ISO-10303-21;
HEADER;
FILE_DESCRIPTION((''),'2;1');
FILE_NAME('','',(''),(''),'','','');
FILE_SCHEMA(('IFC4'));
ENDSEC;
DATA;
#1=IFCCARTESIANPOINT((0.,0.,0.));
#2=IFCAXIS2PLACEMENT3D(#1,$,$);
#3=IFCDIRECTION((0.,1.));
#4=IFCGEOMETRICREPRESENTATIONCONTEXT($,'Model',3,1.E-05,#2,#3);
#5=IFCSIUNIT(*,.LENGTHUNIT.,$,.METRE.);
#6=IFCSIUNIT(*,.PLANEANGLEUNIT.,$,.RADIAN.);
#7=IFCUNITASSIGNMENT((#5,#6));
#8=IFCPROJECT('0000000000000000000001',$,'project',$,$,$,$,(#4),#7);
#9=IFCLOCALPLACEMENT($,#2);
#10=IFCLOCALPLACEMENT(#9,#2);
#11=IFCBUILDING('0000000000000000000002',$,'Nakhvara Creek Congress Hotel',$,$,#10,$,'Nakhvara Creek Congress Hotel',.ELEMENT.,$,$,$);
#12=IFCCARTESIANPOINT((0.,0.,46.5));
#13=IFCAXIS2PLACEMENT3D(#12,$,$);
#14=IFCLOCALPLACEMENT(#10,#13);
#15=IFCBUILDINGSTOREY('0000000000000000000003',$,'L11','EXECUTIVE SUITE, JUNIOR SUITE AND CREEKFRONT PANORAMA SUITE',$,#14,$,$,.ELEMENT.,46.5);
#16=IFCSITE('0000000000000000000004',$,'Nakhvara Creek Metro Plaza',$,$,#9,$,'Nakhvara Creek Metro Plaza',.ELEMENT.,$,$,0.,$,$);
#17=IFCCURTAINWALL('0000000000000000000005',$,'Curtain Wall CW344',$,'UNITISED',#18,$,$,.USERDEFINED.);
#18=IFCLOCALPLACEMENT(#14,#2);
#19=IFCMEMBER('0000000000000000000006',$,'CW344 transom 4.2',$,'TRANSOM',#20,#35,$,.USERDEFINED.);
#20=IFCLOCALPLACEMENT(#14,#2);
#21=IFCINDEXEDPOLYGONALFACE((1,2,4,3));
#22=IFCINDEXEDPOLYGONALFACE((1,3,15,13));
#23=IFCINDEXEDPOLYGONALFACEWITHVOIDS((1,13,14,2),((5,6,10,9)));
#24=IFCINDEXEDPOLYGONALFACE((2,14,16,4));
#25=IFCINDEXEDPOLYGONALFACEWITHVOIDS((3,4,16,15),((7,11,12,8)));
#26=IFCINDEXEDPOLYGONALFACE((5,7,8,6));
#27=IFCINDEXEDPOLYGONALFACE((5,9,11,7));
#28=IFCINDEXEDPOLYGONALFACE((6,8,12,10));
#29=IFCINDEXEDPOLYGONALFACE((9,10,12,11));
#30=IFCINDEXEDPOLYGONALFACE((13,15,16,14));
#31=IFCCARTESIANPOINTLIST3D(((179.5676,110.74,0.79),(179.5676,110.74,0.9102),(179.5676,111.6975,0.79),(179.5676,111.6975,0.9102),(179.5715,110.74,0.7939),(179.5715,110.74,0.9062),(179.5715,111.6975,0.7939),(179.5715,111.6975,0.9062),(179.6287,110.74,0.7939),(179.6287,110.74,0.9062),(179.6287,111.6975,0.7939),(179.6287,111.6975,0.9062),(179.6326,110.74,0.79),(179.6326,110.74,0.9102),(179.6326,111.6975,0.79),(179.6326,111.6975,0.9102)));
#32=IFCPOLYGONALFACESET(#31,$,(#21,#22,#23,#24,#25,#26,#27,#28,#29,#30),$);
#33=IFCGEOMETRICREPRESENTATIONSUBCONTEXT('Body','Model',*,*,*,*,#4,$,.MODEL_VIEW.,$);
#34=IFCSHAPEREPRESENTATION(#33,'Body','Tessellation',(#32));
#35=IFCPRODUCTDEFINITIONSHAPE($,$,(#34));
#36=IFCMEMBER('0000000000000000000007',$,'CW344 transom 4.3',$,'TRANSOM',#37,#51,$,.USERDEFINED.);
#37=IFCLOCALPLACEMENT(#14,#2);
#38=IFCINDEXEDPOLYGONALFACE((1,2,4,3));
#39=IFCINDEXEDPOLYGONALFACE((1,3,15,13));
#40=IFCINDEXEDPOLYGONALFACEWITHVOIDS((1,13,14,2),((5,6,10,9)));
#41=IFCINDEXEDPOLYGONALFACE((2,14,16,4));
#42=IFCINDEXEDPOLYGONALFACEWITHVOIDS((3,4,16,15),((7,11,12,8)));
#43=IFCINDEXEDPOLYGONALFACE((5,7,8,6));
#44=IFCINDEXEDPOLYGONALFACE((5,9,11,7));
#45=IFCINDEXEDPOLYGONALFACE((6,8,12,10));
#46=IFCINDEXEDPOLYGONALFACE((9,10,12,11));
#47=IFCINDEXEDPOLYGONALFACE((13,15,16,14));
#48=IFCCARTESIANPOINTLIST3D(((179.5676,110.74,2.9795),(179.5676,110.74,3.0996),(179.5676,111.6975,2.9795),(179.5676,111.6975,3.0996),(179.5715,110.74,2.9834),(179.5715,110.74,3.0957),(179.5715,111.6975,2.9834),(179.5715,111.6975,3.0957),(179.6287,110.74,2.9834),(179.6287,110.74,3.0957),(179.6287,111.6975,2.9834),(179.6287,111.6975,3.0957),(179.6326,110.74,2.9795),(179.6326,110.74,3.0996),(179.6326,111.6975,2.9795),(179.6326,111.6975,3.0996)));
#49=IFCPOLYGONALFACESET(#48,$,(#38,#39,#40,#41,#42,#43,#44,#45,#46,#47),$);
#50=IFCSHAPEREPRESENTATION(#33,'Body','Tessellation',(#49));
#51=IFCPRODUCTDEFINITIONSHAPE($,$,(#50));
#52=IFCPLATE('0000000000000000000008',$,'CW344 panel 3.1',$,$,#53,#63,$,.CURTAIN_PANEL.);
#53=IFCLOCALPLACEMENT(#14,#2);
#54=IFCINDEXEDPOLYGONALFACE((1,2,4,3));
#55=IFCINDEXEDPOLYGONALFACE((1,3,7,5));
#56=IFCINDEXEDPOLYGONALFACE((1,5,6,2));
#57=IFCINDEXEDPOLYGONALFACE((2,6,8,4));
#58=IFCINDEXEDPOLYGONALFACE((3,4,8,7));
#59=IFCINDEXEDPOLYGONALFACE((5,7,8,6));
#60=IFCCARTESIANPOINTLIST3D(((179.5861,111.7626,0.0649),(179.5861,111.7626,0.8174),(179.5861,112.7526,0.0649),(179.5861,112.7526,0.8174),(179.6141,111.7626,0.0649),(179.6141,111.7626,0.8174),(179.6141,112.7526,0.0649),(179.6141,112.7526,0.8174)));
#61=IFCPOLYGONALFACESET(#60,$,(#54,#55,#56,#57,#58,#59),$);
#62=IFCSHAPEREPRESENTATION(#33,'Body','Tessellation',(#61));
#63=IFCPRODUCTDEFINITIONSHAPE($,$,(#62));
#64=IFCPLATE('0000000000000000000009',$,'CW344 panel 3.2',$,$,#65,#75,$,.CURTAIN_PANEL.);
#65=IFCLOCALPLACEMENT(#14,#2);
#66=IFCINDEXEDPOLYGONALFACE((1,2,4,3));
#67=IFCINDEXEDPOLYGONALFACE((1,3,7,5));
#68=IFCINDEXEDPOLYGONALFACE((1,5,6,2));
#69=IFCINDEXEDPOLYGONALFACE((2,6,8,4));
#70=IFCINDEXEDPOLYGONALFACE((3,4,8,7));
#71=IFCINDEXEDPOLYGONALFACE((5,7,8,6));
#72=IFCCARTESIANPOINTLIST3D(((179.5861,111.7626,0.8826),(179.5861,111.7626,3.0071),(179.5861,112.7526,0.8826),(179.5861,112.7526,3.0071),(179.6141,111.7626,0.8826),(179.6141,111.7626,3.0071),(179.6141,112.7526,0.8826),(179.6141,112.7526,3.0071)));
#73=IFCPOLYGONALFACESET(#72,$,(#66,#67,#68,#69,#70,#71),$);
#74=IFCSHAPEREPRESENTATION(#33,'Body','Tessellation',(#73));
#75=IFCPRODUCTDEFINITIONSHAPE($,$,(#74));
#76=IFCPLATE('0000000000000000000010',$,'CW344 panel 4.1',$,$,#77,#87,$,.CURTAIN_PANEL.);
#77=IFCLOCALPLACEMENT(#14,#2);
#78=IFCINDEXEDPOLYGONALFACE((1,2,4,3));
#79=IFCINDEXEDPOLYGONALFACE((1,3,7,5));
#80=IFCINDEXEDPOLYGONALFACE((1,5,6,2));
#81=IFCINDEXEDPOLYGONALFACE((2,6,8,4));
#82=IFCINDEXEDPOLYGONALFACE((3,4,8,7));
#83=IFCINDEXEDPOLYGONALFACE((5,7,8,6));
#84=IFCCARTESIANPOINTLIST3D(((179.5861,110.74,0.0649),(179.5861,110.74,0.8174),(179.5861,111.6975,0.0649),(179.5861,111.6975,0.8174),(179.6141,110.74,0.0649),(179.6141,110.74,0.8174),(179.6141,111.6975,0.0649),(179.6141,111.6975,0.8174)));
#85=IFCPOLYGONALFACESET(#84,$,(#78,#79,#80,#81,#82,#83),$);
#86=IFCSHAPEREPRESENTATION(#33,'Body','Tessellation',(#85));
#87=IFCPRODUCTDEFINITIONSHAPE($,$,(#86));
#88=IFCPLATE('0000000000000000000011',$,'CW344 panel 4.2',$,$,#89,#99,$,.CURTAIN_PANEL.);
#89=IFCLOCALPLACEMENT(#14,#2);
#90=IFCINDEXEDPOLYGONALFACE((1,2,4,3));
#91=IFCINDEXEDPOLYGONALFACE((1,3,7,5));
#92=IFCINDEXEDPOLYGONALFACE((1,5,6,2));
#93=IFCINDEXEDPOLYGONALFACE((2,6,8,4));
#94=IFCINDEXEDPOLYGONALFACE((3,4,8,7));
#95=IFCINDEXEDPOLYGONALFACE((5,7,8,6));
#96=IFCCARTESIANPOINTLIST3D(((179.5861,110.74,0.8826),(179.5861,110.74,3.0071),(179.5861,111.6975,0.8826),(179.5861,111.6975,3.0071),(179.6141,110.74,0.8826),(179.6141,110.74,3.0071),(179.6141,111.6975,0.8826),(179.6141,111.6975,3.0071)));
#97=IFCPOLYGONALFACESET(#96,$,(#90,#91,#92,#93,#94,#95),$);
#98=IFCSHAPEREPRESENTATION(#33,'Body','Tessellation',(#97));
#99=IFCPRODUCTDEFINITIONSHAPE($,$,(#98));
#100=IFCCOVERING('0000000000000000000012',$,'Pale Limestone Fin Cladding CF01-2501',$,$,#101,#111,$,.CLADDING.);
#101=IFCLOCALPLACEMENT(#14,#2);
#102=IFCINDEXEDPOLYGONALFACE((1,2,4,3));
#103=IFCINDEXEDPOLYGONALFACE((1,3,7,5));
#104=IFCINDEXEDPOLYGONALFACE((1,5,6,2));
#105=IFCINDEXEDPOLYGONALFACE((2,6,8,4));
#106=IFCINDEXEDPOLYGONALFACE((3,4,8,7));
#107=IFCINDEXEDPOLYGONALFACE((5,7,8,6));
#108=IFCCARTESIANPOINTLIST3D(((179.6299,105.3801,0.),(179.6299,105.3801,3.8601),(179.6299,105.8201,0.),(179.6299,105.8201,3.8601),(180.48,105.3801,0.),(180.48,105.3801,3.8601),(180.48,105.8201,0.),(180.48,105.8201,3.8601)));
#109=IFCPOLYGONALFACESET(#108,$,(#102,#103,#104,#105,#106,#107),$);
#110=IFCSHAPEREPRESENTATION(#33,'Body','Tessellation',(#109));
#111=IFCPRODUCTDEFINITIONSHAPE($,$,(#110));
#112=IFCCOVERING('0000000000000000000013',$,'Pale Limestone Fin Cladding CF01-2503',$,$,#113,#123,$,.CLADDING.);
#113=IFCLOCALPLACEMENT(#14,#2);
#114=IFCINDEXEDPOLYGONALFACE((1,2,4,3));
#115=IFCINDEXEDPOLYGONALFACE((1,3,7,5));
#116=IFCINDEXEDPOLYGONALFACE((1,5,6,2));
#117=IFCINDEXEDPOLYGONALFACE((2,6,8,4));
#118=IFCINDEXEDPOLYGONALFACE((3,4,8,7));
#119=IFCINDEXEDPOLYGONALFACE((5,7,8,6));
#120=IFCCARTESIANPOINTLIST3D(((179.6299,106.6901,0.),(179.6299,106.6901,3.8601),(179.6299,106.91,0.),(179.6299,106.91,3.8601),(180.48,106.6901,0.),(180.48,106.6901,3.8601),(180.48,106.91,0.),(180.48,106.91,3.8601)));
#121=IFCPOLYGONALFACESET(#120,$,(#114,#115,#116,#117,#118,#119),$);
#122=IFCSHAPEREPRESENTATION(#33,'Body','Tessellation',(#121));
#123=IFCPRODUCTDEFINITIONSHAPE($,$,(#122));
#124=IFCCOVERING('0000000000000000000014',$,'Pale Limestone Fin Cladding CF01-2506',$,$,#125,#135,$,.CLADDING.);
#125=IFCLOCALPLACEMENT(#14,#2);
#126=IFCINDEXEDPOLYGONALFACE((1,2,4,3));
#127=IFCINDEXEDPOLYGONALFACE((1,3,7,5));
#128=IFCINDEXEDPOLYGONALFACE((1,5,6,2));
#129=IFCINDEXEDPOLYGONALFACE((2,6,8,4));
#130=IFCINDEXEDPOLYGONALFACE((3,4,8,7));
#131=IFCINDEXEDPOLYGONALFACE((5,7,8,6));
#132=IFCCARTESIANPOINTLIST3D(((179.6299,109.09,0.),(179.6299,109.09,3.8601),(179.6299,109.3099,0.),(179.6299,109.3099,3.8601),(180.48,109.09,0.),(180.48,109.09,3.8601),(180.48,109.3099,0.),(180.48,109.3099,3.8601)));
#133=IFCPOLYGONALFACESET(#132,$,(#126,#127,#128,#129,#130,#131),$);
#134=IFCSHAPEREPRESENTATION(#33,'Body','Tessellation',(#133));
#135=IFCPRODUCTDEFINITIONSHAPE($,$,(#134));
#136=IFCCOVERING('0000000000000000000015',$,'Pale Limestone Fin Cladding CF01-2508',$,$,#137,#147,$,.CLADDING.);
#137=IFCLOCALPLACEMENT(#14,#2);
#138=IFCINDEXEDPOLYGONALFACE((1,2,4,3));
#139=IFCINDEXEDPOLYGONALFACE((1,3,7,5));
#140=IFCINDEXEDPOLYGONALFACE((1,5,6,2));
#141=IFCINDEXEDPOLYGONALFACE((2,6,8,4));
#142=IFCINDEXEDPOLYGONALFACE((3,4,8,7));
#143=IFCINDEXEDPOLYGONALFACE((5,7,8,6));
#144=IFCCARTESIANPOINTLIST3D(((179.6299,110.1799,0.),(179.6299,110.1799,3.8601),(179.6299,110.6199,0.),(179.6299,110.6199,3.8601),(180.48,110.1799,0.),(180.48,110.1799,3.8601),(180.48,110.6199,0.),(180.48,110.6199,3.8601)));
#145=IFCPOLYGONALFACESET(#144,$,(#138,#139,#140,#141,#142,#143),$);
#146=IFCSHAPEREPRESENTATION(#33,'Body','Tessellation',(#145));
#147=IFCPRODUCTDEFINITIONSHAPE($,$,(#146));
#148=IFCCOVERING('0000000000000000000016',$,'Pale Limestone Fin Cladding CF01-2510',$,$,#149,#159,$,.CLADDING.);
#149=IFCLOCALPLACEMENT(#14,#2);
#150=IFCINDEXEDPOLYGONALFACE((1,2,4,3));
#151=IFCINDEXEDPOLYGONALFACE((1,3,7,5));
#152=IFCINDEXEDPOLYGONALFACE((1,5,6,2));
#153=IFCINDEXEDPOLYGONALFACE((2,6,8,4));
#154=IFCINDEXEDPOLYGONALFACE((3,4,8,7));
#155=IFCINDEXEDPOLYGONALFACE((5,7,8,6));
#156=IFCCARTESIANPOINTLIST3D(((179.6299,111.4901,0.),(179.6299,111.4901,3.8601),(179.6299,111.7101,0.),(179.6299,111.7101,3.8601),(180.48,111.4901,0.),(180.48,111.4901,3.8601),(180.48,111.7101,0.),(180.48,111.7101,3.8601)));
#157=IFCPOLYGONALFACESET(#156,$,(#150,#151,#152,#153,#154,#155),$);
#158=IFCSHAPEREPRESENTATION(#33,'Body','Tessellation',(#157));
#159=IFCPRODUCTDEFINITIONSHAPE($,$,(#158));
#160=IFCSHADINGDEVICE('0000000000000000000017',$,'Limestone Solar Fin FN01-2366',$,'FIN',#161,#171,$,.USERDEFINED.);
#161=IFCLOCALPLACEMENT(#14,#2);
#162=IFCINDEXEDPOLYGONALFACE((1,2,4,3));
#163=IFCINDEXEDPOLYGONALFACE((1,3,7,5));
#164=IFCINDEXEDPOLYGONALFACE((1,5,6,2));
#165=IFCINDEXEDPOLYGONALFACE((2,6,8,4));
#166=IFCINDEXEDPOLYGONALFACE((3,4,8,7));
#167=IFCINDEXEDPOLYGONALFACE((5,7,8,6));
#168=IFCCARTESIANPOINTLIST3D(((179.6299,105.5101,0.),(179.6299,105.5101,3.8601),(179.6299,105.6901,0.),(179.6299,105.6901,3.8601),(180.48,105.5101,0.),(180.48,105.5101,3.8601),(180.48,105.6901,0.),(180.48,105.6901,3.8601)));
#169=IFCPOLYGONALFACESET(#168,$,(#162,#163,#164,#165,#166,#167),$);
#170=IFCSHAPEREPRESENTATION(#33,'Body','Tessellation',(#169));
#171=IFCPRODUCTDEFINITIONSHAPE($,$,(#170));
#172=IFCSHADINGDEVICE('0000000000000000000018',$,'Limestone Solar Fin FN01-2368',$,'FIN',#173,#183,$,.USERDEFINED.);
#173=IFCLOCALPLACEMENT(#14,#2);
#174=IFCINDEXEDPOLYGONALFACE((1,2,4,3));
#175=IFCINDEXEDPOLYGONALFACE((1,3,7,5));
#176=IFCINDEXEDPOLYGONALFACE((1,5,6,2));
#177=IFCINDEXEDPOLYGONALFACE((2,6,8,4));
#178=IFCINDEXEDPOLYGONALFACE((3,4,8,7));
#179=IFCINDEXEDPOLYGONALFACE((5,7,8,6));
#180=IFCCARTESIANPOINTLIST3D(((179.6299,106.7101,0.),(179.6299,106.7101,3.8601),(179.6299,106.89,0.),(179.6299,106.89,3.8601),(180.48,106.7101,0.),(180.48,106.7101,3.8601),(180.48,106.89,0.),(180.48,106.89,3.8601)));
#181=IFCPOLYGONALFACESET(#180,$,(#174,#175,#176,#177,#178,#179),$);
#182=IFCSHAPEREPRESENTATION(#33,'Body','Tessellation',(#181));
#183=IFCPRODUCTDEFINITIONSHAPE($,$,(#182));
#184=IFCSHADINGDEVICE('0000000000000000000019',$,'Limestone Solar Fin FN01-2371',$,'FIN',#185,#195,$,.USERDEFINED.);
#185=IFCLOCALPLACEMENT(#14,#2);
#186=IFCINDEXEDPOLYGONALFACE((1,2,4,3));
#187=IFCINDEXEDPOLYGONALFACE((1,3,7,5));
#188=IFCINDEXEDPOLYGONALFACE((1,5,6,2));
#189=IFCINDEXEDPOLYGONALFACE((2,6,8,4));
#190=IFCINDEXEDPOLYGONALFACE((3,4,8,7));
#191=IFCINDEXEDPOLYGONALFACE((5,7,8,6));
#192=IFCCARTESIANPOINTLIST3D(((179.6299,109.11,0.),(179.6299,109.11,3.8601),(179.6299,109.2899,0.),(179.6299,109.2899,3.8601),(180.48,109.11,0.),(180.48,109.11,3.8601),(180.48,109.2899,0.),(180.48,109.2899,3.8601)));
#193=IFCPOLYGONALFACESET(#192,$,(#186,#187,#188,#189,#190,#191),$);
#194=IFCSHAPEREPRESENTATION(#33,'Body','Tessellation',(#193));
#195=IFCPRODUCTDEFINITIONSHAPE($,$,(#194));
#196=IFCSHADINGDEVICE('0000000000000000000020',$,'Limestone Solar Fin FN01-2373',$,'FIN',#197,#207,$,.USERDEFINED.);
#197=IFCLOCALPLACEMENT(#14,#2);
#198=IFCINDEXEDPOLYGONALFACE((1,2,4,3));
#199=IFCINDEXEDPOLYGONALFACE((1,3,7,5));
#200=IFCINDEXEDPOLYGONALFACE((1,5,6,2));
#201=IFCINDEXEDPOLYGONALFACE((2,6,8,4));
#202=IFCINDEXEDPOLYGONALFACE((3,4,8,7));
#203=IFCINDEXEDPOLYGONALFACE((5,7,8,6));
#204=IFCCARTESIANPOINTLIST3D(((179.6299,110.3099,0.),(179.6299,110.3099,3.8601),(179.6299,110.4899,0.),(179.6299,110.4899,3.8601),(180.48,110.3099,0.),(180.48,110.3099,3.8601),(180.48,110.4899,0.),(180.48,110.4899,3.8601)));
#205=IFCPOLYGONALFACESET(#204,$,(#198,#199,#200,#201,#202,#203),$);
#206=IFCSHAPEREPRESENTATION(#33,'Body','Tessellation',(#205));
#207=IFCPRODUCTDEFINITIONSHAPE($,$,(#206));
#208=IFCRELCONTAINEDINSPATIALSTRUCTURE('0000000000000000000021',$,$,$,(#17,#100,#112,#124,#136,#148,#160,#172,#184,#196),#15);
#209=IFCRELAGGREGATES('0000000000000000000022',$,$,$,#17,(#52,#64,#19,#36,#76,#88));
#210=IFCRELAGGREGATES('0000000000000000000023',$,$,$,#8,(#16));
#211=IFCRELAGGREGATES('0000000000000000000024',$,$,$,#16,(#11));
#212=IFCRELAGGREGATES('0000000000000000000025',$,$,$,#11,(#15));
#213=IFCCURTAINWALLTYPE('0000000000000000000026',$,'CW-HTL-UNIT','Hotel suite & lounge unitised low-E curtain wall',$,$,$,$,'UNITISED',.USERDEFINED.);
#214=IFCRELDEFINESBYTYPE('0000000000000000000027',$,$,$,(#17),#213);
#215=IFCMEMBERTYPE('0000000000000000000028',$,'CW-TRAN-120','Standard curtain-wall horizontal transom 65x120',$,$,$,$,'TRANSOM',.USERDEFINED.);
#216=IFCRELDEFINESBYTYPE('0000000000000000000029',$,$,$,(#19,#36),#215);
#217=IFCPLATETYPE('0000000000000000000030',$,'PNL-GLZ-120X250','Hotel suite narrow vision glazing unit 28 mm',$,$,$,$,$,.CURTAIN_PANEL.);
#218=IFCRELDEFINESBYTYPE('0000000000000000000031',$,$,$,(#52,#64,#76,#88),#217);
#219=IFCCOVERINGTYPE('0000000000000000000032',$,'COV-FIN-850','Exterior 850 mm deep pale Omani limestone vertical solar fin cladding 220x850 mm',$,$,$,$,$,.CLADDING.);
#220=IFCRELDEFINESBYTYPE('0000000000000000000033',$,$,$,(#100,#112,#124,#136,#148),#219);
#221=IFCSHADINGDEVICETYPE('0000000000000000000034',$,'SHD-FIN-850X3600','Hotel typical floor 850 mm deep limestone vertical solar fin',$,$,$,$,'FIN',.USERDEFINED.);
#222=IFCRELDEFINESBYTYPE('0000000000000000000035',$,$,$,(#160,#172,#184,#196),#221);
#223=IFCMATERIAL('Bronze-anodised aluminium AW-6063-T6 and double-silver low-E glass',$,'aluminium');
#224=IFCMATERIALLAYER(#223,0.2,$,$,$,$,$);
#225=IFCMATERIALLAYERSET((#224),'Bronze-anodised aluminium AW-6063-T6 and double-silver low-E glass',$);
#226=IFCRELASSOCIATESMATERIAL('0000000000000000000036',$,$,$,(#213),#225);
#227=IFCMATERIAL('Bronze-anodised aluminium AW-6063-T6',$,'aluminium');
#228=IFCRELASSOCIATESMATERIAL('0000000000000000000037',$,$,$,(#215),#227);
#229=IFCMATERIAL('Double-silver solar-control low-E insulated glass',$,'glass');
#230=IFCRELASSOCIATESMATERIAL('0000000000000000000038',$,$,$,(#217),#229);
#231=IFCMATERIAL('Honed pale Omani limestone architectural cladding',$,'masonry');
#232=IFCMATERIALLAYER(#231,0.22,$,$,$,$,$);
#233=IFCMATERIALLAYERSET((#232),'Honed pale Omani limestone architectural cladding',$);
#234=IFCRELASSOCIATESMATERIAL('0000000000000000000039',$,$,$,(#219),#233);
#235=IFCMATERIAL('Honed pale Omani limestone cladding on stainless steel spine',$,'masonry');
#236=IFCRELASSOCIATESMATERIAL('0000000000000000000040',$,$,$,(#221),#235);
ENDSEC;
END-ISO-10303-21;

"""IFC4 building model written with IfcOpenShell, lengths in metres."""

from ifc_helpers import new_model, si_unit, direction, frame, origin, origin_2d, place, context, subcontext, project, spatial, rectangle, hollow_rectangle, extrude, material, layer, layer_set, material_profile, profile_set, type_object, element, aggregate, save


model = new_model("IFC4")

# Units and contexts
model_context = context("Model", 3, precision=1e-05, world=origin(), true_north=direction((0.0, 1.0)))
body_context = subcontext(model_context, "Body", "Model", "MODEL_VIEW")
ifc_project = project(units=[si_unit("LENGTHUNIT", "METRE"), si_unit("PLANEANGLEUNIT", "RADIAN")], contexts=[model_context])

# Site, building, storey
site_placement = place(None, origin())
site = spatial("IfcSite", under=ifc_project, at=site_placement, Name="Nakhvara Creek Metro Plaza", LongName="Nakhvara Creek Metro Plaza", CompositionType="ELEMENT", RefElevation=0.0)
building_placement = place(site_placement, origin())
building = spatial("IfcBuilding", under=site, at=building_placement, Name="Nakhvara Creek Congress Hotel", LongName="Nakhvara Creek Congress Hotel", CompositionType="ELEMENT")
storey_placement = place(building_placement, frame((0.0, 0.0, 46.5)))
storey = spatial("IfcBuildingStorey", under=building, at=storey_placement, Name="L11", Description="EXECUTIVE SUITE, JUNIOR SUITE AND CREEKFRONT PANORAMA SUITE", CompositionType="ELEMENT", Elevation=46.5)

# Shared definitions
ifc_material_1 = material(Name="Bronze-anodised aluminium AW-6063-T6 and double-silver low-E glass", Category="aluminium")
ifc_layer_1 = layer(ifc_material_1, 0.2)
ifc_layer_set_1 = layer_set([ifc_layer_1], Name="Bronze-anodised aluminium AW-6063-T6 and double-silver low-E glass")
curtain_wall_type = type_object("IfcCurtainWallType", Name="CW-HTL-UNIT", Description="Hotel suite & lounge unitised low-E curtain wall", ElementType="UNITISED", PredefinedType="USERDEFINED", material=ifc_layer_set_1)
ifc_material_2 = material(Name="Bronze-anodised aluminium AW-6063-T6", Category="aluminium")

# Curtain wall
curtain_wall_1_placement = place(storey_placement, origin())
curtain_wall_1 = element("IfcCurtainWall", 1, at=curtain_wall_1_placement, inside=storey, type_object=curtain_wall_type, Name="Curtain Wall CW344", ObjectType="UNITISED", PredefinedType="USERDEFINED")

# Members
ifc_material_profile_1 = material_profile(ifc_material_2, hollow_rectangle(XDim=0.0649, YDim=0.1201, WallThickness=0.0039, at=origin_2d()), Name="ALU-TRAN 65x120x4", Category="LoadBearing")
ifc_profile_set_1 = profile_set([ifc_material_profile_1], Name="Bronze-anodised aluminium AW-6063-T6")
member_type_1 = type_object("IfcMemberType", Name="CW-TRAN-120", Description="Standard curtain-wall horizontal transom 65x120", ElementType="TRANSOM", PredefinedType="USERDEFINED", material=ifc_profile_set_1)
member_1_placement = place(storey_placement, frame((179.6001, 111.6975, 0.8501), z_axis=(0.0, -1.0, 0.0), x_axis=(1.0, 0.0, 0.0)))
member_1 = element("IfcMember", 2, at=member_1_placement, type_object=member_type_1, Name="CW344 transom 4.2", ObjectType="TRANSOM", PredefinedType="USERDEFINED", context=body_context, shape_type="SweptSolid", body=[
    extrude(hollow_rectangle(XDim=0.0649, YDim=0.1201, WallThickness=0.0039, at=origin_2d()), origin(), (0.0, 0.0, 1.0), 0.9575),
])
member_2_placement = place(storey_placement, frame((179.6001, 111.6975, 3.0396), z_axis=(0.0, -1.0, 0.0), x_axis=(1.0, 0.0, 0.0)))
member_2 = element("IfcMember", 3, at=member_2_placement, type_object=member_type_1, Name="CW344 transom 4.3", ObjectType="TRANSOM", PredefinedType="USERDEFINED", context=body_context, shape_type="SweptSolid", body=[
    extrude(hollow_rectangle(XDim=0.0649, YDim=0.1201, WallThickness=0.0039, at=origin_2d()), origin(), (0.0, 0.0, 1.0), 0.9575),
])

# Plates
ifc_material_3 = material(Name="Double-silver solar-control low-E insulated glass", Category="glass")
plate_type = type_object("IfcPlateType", Name="PNL-GLZ-120X250", Description="Hotel suite narrow vision glazing unit 28 mm", PredefinedType="CURTAIN_PANEL", material=ifc_material_3)
plate_1_placement = place(storey_placement, frame((179.6001, 112.2576, 0.0649), z_axis=(0.0, 0.0, 1.0), x_axis=(0.0, -1.0, 0.0)))
plate_1 = element("IfcPlate", 4, at=plate_1_placement, type_object=plate_type, Name="CW344 panel 3.1", PredefinedType="CURTAIN_PANEL", context=body_context, shape_type="SweptSolid", body=[
    extrude(rectangle(XDim=0.99, YDim=0.0281, at=origin_2d()), origin(), (0.0, 0.0, 1.0), 0.7524),
])
plate_2_placement = place(storey_placement, frame((179.6001, 112.2576, 0.8826), z_axis=(0.0, 0.0, 1.0), x_axis=(0.0, -1.0, 0.0)))
plate_2 = element("IfcPlate", 5, at=plate_2_placement, type_object=plate_type, Name="CW344 panel 3.2", PredefinedType="CURTAIN_PANEL", context=body_context, shape_type="SweptSolid", body=[
    extrude(rectangle(XDim=0.99, YDim=0.0281, at=origin_2d()), origin(), (0.0, 0.0, 1.0), 2.1245),
])
plate_3_placement = place(storey_placement, frame((179.6001, 111.2188, 0.0649), z_axis=(0.0, 0.0, 1.0), x_axis=(0.0, -1.0, 0.0)))
plate_3 = element("IfcPlate", 6, at=plate_3_placement, type_object=plate_type, Name="CW344 panel 4.1", PredefinedType="CURTAIN_PANEL", context=body_context, shape_type="SweptSolid", body=[
    extrude(rectangle(XDim=0.9575, YDim=0.0281, at=origin_2d()), origin(), (0.0, 0.0, 1.0), 0.7524),
])
plate_4_placement = place(storey_placement, frame((179.6001, 111.2188, 0.8826), z_axis=(0.0, 0.0, 1.0), x_axis=(0.0, -1.0, 0.0)))
plate_4 = element("IfcPlate", 7, at=plate_4_placement, type_object=plate_type, Name="CW344 panel 4.2", PredefinedType="CURTAIN_PANEL", context=body_context, shape_type="SweptSolid", body=[
    extrude(rectangle(XDim=0.9575, YDim=0.0281, at=origin_2d()), origin(), (0.0, 0.0, 1.0), 2.1245),
])
aggregate(curtain_wall_1, [plate_1, plate_2, member_1, member_2, plate_3, plate_4])

# Coverings
ifc_material_4 = material(Name="Honed pale Omani limestone architectural cladding", Category="masonry")
ifc_layer_2 = layer(ifc_material_4, 0.22)
ifc_layer_set_2 = layer_set([ifc_layer_2], Name="Honed pale Omani limestone architectural cladding")
covering_type = type_object("IfcCoveringType", Name="COV-FIN-850", Description="Exterior 850 mm deep pale Omani limestone vertical solar fin cladding 220x850 mm", PredefinedType="CLADDING", material=ifc_layer_set_2)
covering_1_placement = place(storey_placement, frame((180.0549, 105.6001, 0.0), z_axis=(0.0, 0.0, 1.0), x_axis=(0.0, 1.0, 0.0)))
element("IfcCovering", 8, at=covering_1_placement, inside=storey, type_object=covering_type, Name="Pale Limestone Fin Cladding CF01-2501", PredefinedType="CLADDING", context=body_context, shape_type="SweptSolid", body=[
    extrude(rectangle(XDim=0.4399, YDim=0.8501, at=origin_2d()), origin(), (0.0, 0.0, 1.0), 3.8601),
])
for number, where, z_axis, x_axis, name in (
    (9, (180.0549, 106.8, 0.0), (0.0, 0.0, 1.0), (0.0, 1.0, 0.0), "Pale Limestone Fin Cladding CF01-2503"),
    (10, (180.0549, 109.2, 0.0), (0.0, 0.0, 1.0), (0.0, 1.0, 0.0), "Pale Limestone Fin Cladding CF01-2506"),
):
    element("IfcCovering", number, at=place(storey_placement, frame(where, z_axis=z_axis, x_axis=x_axis)), inside=storey, type_object=covering_type, Name=name, PredefinedType="CLADDING", context=body_context, shape_type="SweptSolid", body=[
        extrude(rectangle(XDim=0.22, YDim=0.8501, at=origin_2d()), origin(), (0.0, 0.0, 1.0), 3.8601),
    ])
covering_2_placement = place(storey_placement, frame((180.0549, 110.3999, 0.0), z_axis=(0.0, 0.0, 1.0), x_axis=(0.0, 1.0, 0.0)))
element("IfcCovering", 11, at=covering_2_placement, inside=storey, type_object=covering_type, Name="Pale Limestone Fin Cladding CF01-2508", PredefinedType="CLADDING", context=body_context, shape_type="SweptSolid", body=[
    extrude(rectangle(XDim=0.4399, YDim=0.8501, at=origin_2d()), origin(), (0.0, 0.0, 1.0), 3.8601),
])
covering_3_placement = place(storey_placement, frame((180.0549, 111.6001, 0.0), z_axis=(0.0, 0.0, 1.0), x_axis=(0.0, 1.0, 0.0)))
element("IfcCovering", 12, at=covering_3_placement, inside=storey, type_object=covering_type, Name="Pale Limestone Fin Cladding CF01-2510", PredefinedType="CLADDING", context=body_context, shape_type="SweptSolid", body=[
    extrude(rectangle(XDim=0.22, YDim=0.8501, at=origin_2d()), origin(), (0.0, 0.0, 1.0), 3.8601),
])

# Shading devices
ifc_material_5 = material(Name="Honed pale Omani limestone cladding on stainless steel spine", Category="masonry")
shading_device_type = type_object("IfcShadingDeviceType", Name="SHD-FIN-850X3600", Description="Hotel typical floor 850 mm deep limestone vertical solar fin", ElementType="FIN", PredefinedType="USERDEFINED", material=ifc_material_5)
for number, where, z_axis, x_axis, name in (
    (13, (180.0549, 105.6001, 0.0), (0.0, 0.0, 1.0), (0.0, 1.0, 0.0), "Limestone Solar Fin FN01-2366"),
    (14, (180.0549, 106.8, 0.0), (0.0, 0.0, 1.0), (0.0, 1.0, 0.0), "Limestone Solar Fin FN01-2368"),
    (15, (180.0549, 109.2, 0.0), (0.0, 0.0, 1.0), (0.0, 1.0, 0.0), "Limestone Solar Fin FN01-2371"),
    (16, (180.0549, 110.3999, 0.0), (0.0, 0.0, 1.0), (0.0, 1.0, 0.0), "Limestone Solar Fin FN01-2373"),
):
    element("IfcShadingDevice", number, at=place(storey_placement, frame(where, z_axis=z_axis, x_axis=x_axis)), inside=storey, type_object=shading_device_type, Name=name, ObjectType="FIN", PredefinedType="USERDEFINED", context=body_context, shape_type="SweptSolid", body=[
        extrude(rectangle(XDim=0.1799, YDim=0.8501, at=origin_2d()), origin(), (0.0, 0.0, 1.0), 3.8601),
    ])

save(model, "model.ifc")
